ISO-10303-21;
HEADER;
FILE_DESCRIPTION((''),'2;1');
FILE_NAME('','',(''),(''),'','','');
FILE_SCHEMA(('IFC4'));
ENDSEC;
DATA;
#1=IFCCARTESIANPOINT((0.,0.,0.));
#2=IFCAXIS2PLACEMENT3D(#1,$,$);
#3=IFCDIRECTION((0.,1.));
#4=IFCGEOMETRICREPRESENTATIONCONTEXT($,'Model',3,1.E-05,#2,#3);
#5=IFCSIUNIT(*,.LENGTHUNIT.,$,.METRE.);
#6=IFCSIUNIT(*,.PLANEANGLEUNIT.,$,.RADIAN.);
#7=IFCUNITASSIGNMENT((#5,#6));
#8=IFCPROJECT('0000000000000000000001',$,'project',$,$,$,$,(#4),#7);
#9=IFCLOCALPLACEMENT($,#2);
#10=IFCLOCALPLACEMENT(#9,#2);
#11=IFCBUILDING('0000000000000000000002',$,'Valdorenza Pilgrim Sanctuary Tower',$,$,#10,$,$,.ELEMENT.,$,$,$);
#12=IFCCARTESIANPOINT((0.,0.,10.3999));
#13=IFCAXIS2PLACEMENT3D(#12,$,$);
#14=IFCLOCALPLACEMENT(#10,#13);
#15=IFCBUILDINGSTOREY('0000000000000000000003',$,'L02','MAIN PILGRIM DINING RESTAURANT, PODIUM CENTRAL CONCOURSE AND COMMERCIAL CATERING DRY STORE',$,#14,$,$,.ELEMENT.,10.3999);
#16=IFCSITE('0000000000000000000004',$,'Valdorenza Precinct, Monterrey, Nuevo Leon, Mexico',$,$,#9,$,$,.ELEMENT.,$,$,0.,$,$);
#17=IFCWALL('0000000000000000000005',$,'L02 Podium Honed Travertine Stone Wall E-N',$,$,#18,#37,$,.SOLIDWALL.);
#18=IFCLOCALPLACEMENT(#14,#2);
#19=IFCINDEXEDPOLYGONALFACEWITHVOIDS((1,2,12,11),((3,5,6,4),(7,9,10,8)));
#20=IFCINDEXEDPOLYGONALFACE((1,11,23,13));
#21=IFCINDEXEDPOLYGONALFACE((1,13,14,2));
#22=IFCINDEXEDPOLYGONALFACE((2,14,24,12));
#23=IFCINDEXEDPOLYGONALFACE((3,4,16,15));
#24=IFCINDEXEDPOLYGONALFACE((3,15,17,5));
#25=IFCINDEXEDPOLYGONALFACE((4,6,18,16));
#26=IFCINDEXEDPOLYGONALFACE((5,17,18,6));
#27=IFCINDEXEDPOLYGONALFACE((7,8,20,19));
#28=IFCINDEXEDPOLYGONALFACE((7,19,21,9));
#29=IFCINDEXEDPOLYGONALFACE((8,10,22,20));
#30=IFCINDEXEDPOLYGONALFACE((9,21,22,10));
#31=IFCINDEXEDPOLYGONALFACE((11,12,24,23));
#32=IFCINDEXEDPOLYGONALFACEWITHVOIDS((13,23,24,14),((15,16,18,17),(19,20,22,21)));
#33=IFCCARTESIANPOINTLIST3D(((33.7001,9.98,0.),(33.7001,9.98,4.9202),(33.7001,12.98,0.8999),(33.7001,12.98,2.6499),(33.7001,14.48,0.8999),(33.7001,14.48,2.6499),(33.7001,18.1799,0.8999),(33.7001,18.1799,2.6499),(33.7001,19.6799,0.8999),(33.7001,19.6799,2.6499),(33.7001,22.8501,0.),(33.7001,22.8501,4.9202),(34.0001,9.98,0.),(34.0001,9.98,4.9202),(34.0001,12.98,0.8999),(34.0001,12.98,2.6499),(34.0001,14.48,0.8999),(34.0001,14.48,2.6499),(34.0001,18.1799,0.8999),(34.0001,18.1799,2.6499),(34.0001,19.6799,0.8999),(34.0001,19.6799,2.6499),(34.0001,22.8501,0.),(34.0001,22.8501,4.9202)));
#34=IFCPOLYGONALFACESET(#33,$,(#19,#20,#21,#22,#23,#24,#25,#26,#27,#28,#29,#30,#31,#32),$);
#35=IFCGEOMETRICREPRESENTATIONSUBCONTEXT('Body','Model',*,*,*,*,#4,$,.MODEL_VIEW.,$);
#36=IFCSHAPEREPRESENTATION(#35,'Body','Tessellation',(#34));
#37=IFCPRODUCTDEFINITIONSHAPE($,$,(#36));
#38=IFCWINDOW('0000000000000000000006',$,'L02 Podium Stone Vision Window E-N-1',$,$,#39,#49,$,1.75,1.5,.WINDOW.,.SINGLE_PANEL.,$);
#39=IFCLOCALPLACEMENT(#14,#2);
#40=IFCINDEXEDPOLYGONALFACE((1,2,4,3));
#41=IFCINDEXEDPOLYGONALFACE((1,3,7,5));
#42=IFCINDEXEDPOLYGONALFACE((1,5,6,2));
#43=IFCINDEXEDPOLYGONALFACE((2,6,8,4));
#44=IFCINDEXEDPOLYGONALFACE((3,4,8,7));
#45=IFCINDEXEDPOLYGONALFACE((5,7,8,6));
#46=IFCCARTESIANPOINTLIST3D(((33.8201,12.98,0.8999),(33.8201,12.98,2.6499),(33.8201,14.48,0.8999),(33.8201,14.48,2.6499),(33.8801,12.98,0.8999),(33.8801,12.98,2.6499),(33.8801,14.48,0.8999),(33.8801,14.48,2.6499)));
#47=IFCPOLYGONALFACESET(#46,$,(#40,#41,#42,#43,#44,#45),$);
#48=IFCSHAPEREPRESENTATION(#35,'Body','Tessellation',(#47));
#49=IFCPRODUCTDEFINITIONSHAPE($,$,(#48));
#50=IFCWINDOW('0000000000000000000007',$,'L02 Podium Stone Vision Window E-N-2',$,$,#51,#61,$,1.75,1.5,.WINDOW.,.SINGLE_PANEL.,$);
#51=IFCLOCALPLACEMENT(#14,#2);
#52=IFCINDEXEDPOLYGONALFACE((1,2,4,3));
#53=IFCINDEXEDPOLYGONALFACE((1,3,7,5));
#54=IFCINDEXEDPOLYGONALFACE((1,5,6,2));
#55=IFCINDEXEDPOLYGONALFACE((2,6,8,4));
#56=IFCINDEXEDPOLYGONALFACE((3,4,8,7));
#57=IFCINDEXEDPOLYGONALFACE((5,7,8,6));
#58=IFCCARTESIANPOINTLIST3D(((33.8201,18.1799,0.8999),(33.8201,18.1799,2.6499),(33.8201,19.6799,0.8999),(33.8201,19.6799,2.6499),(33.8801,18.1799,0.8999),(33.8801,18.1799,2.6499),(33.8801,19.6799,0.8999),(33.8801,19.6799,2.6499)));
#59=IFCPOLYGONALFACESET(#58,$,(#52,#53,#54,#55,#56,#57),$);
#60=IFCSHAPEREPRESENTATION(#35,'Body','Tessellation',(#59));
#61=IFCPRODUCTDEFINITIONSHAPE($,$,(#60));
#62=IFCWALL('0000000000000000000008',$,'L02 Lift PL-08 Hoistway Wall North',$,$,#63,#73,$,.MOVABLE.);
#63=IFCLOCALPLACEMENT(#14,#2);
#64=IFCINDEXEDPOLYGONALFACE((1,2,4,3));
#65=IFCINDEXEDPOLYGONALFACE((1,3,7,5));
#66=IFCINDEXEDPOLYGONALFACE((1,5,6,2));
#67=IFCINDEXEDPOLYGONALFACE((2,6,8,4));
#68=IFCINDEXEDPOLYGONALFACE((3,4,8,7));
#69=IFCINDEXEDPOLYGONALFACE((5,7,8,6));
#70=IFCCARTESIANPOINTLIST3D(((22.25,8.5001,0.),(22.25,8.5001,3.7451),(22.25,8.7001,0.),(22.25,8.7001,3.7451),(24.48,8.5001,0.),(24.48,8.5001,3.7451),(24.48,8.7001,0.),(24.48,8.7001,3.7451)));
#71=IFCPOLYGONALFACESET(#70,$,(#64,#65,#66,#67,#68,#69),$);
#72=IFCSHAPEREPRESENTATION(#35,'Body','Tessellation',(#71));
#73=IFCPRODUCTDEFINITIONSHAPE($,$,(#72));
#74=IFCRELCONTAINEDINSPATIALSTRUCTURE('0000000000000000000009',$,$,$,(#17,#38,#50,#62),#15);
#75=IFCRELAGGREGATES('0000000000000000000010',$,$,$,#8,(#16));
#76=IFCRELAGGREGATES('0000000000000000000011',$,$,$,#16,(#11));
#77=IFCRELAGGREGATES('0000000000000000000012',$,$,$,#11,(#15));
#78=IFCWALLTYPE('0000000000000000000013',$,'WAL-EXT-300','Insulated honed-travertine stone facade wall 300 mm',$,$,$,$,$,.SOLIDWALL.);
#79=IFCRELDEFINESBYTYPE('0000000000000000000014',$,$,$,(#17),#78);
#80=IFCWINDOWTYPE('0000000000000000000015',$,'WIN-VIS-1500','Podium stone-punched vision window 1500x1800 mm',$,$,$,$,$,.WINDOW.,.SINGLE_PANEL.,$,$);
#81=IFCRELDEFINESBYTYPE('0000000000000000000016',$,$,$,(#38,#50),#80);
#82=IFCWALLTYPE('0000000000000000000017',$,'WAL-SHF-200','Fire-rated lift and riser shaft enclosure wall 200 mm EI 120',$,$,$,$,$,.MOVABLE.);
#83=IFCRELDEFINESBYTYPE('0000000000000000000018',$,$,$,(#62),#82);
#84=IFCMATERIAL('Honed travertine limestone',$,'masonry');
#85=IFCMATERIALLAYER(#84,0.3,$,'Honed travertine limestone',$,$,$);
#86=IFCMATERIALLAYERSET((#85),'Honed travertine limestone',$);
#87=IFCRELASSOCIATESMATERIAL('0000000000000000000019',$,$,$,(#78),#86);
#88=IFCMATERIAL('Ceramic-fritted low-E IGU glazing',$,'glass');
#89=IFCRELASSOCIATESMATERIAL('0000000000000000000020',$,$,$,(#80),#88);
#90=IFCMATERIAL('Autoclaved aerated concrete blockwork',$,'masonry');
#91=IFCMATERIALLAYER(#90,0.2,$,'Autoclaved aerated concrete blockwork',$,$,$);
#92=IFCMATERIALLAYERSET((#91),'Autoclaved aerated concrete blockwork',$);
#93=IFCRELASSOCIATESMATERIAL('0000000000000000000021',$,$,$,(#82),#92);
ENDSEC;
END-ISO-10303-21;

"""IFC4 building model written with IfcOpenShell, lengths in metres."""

from ifc_helpers import new_model, si_unit, direction, frame, frame_2d, origin, place, context, subcontext, project, spatial, rectangle, extrude, material, layer, layer_set, type_object, element, fill, save


model = new_model("IFC4")

# Units and contexts
model_context = context("Model", 3, precision=1e-05, world=origin(), true_north=direction((0.0, 1.0)))
body_context = subcontext(model_context, "Body", "Model", "MODEL_VIEW")
ifc_project = project(units=[si_unit("LENGTHUNIT", "METRE"), si_unit("PLANEANGLEUNIT", "RADIAN")], contexts=[model_context])

# Site, building, storey
site_placement = place(None, origin())
site = spatial("IfcSite", under=ifc_project, at=site_placement, Name="Valdorenza Precinct, Monterrey, Nuevo Leon, Mexico", CompositionType="ELEMENT", RefElevation=0.0)
building_placement = place(site_placement, origin())
building = spatial("IfcBuilding", under=site, at=building_placement, Name="Valdorenza Pilgrim Sanctuary Tower", CompositionType="ELEMENT")
storey_placement = place(building_placement, frame((0.0, 0.0, 10.3999)))
storey = spatial("IfcBuildingStorey", under=building, at=storey_placement, Name="L02", Description="MAIN PILGRIM DINING RESTAURANT, PODIUM CENTRAL CONCOURSE AND COMMERCIAL CATERING DRY STORE", CompositionType="ELEMENT", Elevation=10.3999)

# Shared definitions
ifc_material_1 = material(Name="Honed travertine limestone", Category="masonry")
ifc_material_2 = material(Name="Ceramic-fritted low-E IGU glazing", Category="glass")

# Wall, openings, windows
ifc_layer_1 = layer(ifc_material_1, 0.3, Name="Honed travertine limestone")
ifc_layer_set_1 = layer_set([ifc_layer_1], Name="Honed travertine limestone")
wall_type_1 = type_object("IfcWallType", Name="WAL-EXT-300", Description="Insulated honed-travertine stone facade wall 300 mm", PredefinedType="SOLIDWALL", material=ifc_layer_set_1)
wall_1_placement = place(storey_placement, frame((33.8501, 9.98, 0.0), z_axis=(0.0, 0.0, 1.0), x_axis=(0.0, 1.0, 0.0)))
wall_1 = element("IfcWall", 1, at=wall_1_placement, inside=storey, type_object=wall_type_1, Name="L02 Podium Honed Travertine Stone Wall E-N", PredefinedType="SOLIDWALL", context=body_context, shape_type="SweptSolid", body=[
    extrude(rectangle(XDim=12.8701, YDim=0.3, at=frame_2d((6.4351, 0.0))), origin(), (0.0, 0.0, 1.0), 4.9202),
])
opening_1_placement = place(wall_1_placement, frame((3.0, 0.0, 0.8999)))
opening_1 = element("IfcOpeningElement", 2, at=opening_1_placement, cuts=wall_1, PredefinedType="OPENING", context=body_context, shape_type="SweptSolid", body=[
    extrude(rectangle(XDim=1.5, YDim=1.75, at=frame_2d((0.75, 0.875))), frame((0.0, 0.165, 0.0), z_axis=(0.0, -1.0, 0.0), x_axis=(1.0, 0.0, 0.0)), (0.0, 0.0, 1.0), 0.3298),
])
opening_2_placement = place(wall_1_placement, frame((8.2, 0.0, 0.8999)))
opening_2 = element("IfcOpeningElement", 3, at=opening_2_placement, cuts=wall_1, PredefinedType="OPENING", context=body_context, shape_type="SweptSolid", body=[
    extrude(rectangle(XDim=1.5, YDim=1.75, at=frame_2d((0.75, 0.875))), frame((0.0, 0.165, 0.0), z_axis=(0.0, -1.0, 0.0), x_axis=(1.0, 0.0, 0.0)), (0.0, 0.0, 1.0), 0.3298),
])
window_type = type_object("IfcWindowType", Name="WIN-VIS-1500", Description="Podium stone-punched vision window 1500x1800 mm", PartitioningType="SINGLE_PANEL", PredefinedType="WINDOW", material=ifc_material_2)
window_1_placement = place(opening_1_placement, origin())
window_1 = element("IfcWindow", 4, at=window_1_placement, inside=storey, type_object=window_type, Name="L02 Podium Stone Vision Window E-N-1", OverallHeight=1.75, OverallWidth=1.5, PartitioningType="SINGLE_PANEL", PredefinedType="WINDOW", context=body_context, shape_type="SweptSolid", body=[
    extrude(rectangle(XDim=1.5, YDim=1.75, at=frame_2d((0.75, 0.875))), frame((0.0, 0.03, 0.0), z_axis=(0.0, -1.0, 0.0), x_axis=(1.0, 0.0, 0.0)), (0.0, 0.0, 1.0), 0.0601),
])
fill(opening_1, window_1)
window_2_placement = place(opening_2_placement, origin())
window_2 = element("IfcWindow", 5, at=window_2_placement, inside=storey, type_object=window_type, Name="L02 Podium Stone Vision Window E-N-2", OverallHeight=1.75, OverallWidth=1.5, PartitioningType="SINGLE_PANEL", PredefinedType="WINDOW", context=body_context, shape_type="SweptSolid", body=[
    extrude(rectangle(XDim=1.5, YDim=1.75, at=frame_2d((0.75, 0.875))), frame((0.0, 0.03, 0.0), z_axis=(0.0, -1.0, 0.0), x_axis=(1.0, 0.0, 0.0)), (0.0, 0.0, 1.0), 0.0601),
])
fill(opening_2, window_2)

# Wall
ifc_material_3 = material(Name="Autoclaved aerated concrete blockwork", Category="masonry")
ifc_layer_2 = layer(ifc_material_3, 0.2, Name="Autoclaved aerated concrete blockwork")
ifc_layer_set_2 = layer_set([ifc_layer_2], Name="Autoclaved aerated concrete blockwork")
wall_type_2 = type_object("IfcWallType", Name="WAL-SHF-200", Description="Fire-rated lift and riser shaft enclosure wall 200 mm EI 120", PredefinedType="MOVABLE", material=ifc_layer_set_2)
wall_2_placement = place(storey_placement, frame((22.25, 8.6001, 0.0), z_axis=(0.0, 0.0, 1.0), x_axis=(1.0, 0.0, 0.0)))
element("IfcWall", 6, at=wall_2_placement, inside=storey, type_object=wall_type_2, Name="L02 Lift PL-08 Hoistway Wall North", PredefinedType="MOVABLE", context=body_context, shape_type="SweptSolid", body=[
    extrude(rectangle(XDim=2.23, YDim=0.2, at=frame_2d((1.115, 0.0))), origin(), (0.0, 0.0, 1.0), 3.7451),
])

save(model, "model.ifc")
